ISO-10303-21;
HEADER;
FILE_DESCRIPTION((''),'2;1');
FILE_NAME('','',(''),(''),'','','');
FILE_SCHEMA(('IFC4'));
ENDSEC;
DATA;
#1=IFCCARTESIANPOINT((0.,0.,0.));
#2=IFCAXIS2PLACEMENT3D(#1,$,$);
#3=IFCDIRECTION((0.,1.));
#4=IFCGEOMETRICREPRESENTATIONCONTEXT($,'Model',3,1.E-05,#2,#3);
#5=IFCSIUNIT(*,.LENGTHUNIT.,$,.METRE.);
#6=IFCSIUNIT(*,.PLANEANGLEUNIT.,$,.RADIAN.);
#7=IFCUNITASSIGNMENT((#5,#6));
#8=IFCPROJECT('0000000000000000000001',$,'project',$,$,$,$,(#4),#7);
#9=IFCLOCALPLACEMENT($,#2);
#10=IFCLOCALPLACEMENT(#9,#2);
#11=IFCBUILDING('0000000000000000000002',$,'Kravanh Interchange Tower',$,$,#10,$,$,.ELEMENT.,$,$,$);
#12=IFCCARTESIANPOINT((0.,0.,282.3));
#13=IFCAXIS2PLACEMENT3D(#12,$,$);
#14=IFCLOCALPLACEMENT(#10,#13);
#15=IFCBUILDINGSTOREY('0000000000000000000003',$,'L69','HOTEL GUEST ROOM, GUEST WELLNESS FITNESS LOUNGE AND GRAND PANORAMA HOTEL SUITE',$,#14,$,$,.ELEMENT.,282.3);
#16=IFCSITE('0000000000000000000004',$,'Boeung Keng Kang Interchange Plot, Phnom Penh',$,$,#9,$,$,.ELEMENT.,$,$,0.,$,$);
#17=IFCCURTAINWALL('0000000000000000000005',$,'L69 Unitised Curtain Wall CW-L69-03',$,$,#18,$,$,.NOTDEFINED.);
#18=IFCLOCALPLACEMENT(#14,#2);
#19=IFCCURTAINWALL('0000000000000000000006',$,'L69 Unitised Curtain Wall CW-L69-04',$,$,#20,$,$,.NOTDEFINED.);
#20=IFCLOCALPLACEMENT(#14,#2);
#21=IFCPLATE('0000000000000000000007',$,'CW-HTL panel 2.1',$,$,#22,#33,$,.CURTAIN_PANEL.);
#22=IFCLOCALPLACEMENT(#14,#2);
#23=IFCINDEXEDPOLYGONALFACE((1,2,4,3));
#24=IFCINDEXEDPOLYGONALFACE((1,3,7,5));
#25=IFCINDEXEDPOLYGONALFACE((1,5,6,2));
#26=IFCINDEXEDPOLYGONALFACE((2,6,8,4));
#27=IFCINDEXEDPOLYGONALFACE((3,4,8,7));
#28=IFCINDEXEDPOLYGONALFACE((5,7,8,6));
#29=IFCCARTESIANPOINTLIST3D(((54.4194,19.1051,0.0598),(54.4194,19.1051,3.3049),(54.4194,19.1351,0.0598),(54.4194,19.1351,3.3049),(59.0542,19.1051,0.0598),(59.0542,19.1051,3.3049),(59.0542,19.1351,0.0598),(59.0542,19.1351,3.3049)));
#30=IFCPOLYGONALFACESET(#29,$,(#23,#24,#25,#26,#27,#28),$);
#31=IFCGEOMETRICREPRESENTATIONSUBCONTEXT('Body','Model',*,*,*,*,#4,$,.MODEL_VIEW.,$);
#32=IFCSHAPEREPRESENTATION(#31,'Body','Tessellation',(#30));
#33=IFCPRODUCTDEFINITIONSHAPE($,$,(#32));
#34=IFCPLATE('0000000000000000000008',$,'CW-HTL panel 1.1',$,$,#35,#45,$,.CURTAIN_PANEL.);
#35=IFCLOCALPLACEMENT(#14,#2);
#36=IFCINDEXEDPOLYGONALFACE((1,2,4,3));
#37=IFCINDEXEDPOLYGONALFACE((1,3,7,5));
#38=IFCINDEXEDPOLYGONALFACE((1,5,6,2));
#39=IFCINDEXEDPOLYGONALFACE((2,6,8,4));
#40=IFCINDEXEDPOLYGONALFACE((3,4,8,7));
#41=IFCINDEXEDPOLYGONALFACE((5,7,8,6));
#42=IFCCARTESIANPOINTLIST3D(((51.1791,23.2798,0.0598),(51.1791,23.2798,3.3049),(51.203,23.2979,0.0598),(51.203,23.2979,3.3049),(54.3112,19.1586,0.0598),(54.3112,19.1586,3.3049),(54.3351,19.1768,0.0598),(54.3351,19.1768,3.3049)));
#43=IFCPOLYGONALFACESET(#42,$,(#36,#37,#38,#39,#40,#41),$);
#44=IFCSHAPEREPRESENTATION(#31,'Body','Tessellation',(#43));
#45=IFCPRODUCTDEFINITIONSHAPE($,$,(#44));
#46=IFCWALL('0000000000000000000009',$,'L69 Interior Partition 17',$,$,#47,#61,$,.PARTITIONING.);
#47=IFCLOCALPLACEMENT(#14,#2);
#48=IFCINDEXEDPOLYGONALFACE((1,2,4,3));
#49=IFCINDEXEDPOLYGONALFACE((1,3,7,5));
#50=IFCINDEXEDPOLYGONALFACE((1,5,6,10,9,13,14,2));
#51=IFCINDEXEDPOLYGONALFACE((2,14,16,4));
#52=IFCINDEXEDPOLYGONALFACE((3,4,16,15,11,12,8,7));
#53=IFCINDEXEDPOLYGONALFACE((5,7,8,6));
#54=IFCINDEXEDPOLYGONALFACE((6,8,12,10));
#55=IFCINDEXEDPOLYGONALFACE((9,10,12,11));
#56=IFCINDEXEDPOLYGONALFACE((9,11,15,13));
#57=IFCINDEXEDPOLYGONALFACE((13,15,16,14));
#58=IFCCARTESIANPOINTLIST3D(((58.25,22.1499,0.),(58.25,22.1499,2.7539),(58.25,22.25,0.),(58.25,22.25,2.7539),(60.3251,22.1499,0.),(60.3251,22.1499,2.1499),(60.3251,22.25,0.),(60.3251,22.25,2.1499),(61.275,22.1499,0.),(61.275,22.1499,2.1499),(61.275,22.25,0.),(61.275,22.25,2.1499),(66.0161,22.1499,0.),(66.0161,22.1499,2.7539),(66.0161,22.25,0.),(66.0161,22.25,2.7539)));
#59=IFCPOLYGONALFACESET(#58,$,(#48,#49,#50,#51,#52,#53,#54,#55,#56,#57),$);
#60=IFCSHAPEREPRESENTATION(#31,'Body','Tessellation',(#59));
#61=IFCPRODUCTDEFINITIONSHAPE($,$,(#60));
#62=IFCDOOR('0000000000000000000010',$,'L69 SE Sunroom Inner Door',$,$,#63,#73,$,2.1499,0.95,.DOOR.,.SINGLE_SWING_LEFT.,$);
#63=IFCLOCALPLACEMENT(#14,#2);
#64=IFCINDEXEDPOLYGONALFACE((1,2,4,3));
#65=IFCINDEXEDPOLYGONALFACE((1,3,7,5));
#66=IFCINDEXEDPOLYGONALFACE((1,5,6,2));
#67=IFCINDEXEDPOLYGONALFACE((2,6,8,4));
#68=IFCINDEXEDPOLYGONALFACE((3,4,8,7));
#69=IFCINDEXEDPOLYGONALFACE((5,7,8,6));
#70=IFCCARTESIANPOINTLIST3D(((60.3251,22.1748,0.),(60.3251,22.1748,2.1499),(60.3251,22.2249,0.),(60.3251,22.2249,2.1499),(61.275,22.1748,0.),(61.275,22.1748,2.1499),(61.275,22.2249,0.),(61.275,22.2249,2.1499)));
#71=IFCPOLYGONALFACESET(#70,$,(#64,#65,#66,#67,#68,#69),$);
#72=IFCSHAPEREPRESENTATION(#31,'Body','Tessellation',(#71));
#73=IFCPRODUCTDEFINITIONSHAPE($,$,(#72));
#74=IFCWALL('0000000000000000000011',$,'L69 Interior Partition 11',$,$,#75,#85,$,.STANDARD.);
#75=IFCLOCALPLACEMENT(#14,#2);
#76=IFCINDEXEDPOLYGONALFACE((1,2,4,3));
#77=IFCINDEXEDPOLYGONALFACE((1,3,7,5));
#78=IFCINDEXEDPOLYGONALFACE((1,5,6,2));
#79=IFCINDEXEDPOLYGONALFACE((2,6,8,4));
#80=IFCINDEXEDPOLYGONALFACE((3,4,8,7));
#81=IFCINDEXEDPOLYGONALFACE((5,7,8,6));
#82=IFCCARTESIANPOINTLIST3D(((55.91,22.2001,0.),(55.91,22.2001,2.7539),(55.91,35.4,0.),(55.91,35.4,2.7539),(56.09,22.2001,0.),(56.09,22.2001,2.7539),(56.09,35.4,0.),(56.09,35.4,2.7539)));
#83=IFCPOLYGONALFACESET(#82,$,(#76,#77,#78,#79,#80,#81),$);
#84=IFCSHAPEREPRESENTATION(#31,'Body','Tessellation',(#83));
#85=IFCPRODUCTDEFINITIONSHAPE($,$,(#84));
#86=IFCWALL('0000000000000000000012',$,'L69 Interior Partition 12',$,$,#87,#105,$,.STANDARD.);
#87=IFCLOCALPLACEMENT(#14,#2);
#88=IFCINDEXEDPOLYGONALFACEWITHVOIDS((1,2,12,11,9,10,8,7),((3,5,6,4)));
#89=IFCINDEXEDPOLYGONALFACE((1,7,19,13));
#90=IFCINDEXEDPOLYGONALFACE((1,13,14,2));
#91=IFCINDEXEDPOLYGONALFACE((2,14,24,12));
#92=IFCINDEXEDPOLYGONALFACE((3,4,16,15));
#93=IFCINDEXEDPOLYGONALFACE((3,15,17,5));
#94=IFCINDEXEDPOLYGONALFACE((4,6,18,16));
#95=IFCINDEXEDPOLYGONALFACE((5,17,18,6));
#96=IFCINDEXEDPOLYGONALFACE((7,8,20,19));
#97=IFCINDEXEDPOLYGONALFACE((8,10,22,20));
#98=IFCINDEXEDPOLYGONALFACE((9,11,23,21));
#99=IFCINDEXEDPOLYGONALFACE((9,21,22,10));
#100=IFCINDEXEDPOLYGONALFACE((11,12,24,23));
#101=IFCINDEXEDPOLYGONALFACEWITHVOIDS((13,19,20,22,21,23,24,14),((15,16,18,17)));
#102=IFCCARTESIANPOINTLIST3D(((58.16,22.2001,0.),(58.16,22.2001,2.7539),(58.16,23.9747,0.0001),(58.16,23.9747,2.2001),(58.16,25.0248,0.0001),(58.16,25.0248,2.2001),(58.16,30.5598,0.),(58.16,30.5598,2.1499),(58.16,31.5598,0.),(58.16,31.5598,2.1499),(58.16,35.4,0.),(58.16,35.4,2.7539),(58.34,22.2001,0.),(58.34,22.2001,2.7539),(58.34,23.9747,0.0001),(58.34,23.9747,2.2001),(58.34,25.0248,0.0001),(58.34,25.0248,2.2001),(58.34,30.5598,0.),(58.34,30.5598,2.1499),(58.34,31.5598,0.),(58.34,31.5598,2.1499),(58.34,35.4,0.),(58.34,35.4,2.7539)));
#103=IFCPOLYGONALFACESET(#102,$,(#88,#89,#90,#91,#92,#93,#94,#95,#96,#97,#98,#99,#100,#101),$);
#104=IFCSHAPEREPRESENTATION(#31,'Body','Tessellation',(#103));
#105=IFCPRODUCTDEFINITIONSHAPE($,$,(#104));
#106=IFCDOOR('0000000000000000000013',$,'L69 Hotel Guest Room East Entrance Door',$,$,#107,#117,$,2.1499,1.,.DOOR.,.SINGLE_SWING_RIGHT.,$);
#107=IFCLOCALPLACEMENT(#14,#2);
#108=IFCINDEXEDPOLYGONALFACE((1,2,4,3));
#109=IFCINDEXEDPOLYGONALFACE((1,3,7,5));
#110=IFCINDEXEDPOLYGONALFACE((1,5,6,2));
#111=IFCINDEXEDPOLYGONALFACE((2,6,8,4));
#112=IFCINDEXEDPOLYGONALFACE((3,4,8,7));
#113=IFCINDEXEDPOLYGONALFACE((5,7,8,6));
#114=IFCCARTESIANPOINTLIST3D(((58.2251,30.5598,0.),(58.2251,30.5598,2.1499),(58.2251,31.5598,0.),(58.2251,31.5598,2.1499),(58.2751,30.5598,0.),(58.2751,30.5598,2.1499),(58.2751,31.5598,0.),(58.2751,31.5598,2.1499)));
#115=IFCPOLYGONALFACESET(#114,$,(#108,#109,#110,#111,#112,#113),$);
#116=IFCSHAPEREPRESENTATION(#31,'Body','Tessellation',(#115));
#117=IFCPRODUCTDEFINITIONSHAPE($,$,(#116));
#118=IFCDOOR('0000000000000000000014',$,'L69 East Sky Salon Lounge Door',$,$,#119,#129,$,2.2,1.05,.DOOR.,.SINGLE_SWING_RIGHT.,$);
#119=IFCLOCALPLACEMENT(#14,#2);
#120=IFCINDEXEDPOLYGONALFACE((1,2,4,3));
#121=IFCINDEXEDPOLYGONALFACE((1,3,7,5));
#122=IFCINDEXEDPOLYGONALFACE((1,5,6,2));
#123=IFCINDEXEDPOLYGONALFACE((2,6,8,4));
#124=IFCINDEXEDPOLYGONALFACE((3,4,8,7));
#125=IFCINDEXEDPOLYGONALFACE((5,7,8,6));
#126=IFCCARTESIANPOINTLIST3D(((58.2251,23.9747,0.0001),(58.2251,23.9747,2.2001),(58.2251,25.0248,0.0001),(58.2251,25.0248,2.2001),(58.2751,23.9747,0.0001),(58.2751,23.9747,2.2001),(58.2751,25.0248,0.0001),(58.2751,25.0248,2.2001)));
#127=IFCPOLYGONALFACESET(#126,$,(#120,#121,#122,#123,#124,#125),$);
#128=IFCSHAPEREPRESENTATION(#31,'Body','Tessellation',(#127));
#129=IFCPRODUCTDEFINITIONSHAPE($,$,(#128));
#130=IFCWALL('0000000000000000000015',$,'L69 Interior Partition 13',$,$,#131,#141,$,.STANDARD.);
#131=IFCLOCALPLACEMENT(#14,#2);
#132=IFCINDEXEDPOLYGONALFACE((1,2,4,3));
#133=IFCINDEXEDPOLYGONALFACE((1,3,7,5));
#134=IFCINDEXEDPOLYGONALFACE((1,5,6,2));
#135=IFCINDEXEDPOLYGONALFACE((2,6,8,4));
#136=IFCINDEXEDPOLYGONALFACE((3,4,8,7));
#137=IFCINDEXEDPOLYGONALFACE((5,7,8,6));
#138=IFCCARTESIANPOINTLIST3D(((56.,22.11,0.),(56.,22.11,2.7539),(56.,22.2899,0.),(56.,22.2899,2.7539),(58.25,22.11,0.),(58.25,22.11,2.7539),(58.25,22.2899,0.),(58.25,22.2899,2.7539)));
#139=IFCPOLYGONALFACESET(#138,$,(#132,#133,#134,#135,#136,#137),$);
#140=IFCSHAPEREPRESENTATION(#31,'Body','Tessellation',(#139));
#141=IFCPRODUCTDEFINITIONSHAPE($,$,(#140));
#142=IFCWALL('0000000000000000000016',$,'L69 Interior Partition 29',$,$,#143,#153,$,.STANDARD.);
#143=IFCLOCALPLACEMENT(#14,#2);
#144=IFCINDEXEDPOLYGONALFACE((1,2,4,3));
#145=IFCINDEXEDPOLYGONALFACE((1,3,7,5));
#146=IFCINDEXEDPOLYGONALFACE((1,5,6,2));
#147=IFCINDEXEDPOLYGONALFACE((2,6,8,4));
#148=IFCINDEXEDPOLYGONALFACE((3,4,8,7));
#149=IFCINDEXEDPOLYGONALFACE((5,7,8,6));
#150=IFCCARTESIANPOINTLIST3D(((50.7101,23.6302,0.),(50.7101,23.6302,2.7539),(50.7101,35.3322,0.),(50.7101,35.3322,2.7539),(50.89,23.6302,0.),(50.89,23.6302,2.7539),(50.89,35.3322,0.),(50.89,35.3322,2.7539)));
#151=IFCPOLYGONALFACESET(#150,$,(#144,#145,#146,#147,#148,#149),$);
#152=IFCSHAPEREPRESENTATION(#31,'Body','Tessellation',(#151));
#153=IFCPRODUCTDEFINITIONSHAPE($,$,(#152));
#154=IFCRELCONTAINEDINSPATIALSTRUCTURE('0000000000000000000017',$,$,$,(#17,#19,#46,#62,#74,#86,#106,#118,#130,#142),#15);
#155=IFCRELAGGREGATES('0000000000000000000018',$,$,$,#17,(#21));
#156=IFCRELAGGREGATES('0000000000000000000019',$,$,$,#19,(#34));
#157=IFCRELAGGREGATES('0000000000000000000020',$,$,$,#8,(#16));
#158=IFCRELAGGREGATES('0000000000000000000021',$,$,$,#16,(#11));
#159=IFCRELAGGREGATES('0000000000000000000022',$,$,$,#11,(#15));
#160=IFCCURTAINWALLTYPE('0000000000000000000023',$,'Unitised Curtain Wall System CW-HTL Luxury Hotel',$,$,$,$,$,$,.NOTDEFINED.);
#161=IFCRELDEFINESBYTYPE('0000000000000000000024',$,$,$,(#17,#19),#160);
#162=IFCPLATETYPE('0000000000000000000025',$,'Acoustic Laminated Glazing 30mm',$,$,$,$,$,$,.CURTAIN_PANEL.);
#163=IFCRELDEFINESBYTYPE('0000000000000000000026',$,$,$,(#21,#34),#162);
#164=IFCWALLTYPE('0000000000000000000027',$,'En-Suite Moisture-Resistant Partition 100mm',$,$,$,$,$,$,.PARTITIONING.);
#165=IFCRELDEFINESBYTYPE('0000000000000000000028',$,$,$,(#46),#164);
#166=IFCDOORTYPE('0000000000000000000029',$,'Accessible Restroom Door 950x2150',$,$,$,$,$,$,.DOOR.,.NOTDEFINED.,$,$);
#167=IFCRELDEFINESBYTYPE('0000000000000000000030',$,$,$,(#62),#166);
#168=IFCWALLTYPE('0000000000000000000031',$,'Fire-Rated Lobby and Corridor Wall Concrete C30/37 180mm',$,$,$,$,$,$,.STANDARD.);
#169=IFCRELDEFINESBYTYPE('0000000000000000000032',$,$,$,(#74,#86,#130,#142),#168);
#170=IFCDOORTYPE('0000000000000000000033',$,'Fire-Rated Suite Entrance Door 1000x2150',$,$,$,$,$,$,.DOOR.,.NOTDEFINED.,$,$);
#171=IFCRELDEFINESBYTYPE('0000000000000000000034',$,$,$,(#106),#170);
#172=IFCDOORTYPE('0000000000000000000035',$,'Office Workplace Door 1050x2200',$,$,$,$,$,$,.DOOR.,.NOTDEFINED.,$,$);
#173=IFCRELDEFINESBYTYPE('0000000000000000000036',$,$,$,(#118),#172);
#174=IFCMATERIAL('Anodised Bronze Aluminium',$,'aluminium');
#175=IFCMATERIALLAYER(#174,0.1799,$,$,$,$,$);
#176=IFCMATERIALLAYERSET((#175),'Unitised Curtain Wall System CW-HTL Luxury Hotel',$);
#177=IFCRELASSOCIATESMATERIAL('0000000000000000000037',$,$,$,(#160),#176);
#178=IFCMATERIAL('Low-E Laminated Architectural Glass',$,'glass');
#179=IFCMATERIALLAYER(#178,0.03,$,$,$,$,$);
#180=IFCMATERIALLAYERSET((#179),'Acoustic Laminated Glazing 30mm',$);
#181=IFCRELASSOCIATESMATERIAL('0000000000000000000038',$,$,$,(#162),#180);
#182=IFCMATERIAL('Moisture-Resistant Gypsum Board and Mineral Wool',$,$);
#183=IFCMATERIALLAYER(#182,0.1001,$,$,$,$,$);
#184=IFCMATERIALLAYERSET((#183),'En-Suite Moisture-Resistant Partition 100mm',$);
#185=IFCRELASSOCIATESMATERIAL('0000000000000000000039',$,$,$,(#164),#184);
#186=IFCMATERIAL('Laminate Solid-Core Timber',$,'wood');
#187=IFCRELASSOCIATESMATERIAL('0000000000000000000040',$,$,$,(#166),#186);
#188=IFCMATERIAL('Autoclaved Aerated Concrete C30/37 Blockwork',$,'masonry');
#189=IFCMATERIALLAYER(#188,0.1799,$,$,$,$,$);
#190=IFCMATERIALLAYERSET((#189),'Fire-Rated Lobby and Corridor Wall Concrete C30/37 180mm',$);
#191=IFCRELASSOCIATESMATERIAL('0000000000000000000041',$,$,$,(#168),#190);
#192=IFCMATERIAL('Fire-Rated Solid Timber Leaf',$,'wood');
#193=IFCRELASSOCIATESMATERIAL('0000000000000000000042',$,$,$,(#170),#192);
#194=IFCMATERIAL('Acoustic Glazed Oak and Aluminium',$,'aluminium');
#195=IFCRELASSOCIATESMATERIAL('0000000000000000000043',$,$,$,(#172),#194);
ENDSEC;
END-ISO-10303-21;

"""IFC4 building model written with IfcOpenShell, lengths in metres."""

from ifc_helpers import new_model, si_unit, direction, frame, frame_2d, origin, origin_2d, place, context, subcontext, project, spatial, rectangle, extrude, material, layer, layer_set, type_object, element, fill, aggregate, save


model = new_model("IFC4")

# Units and contexts
model_context = context("Model", 3, precision=1e-05, world=origin(), true_north=direction((0.0, 1.0)))
body_context = subcontext(model_context, "Body", "Model", "MODEL_VIEW")
ifc_project = project(units=[si_unit("LENGTHUNIT", "METRE"), si_unit("PLANEANGLEUNIT", "RADIAN")], contexts=[model_context])

# Site, building, storey
site_placement = place(None, origin())
site = spatial("IfcSite", under=ifc_project, at=site_placement, Name="Boeung Keng Kang Interchange Plot, Phnom Penh", CompositionType="ELEMENT", RefElevation=0.0)
building_placement = place(site_placement, origin())
building = spatial("IfcBuilding", under=site, at=building_placement, Name="Kravanh Interchange Tower", CompositionType="ELEMENT")
storey_placement = place(building_placement, frame((0.0, 0.0, 282.3)))
storey = spatial("IfcBuildingStorey", under=building, at=storey_placement, Name="L69", Description="HOTEL GUEST ROOM, GUEST WELLNESS FITNESS LOUNGE AND GRAND PANORAMA HOTEL SUITE", CompositionType="ELEMENT", Elevation=282.3)

# Curtain wall
ifc_material_1 = material(Name="Anodised Bronze Aluminium", Category="aluminium")
ifc_layer_1 = layer(ifc_material_1, 0.1799)
ifc_layer_set_1 = layer_set([ifc_layer_1], Name="Unitised Curtain Wall System CW-HTL Luxury Hotel")
curtain_wall_type = type_object("IfcCurtainWallType", Name="Unitised Curtain Wall System CW-HTL Luxury Hotel", PredefinedType="NOTDEFINED", material=ifc_layer_set_1)
curtain_wall_1_placement = place(storey_placement, origin())
curtain_wall_1 = element("IfcCurtainWall", 1, at=curtain_wall_1_placement, inside=storey, type_object=curtain_wall_type, Name="L69 Unitised Curtain Wall CW-L69-03", PredefinedType="NOTDEFINED")

# Curtain wall
curtain_wall_2_placement = place(storey_placement, origin())
curtain_wall_2 = element("IfcCurtainWall", 2, at=curtain_wall_2_placement, inside=storey, type_object=curtain_wall_type, Name="L69 Unitised Curtain Wall CW-L69-04", PredefinedType="NOTDEFINED")

# Plates
ifc_material_2 = material(Name="Low-E Laminated Architectural Glass", Category="glass")
ifc_layer_2 = layer(ifc_material_2, 0.03)
ifc_layer_set_2 = layer_set([ifc_layer_2], Name="Acoustic Laminated Glazing 30mm")
plate_type = type_object("IfcPlateType", Name="Acoustic Laminated Glazing 30mm", PredefinedType="CURTAIN_PANEL", material=ifc_layer_set_2)
plate_1_placement = place(storey_placement, frame((56.7368, 19.1201, 0.0598), z_axis=(0.0, 0.0, 1.0), x_axis=(-1.0, 0.0, 0.0)))
plate_1 = element("IfcPlate", 3, at=plate_1_placement, type_object=plate_type, Name="CW-HTL panel 2.1", PredefinedType="CURTAIN_PANEL", context=body_context, shape_type="SweptSolid", body=[
    extrude(rectangle(XDim=4.6348, YDim=0.03, at=origin_2d()), origin(), (0.0, 0.0, 1.0), 3.2451),
])
aggregate(curtain_wall_1, [plate_1])
plate_2_placement = place(storey_placement, frame((52.7571, 21.2283, 0.0598), z_axis=(0.0, 0.0, 1.0), x_axis=(-0.605083, 0.796162, 0.0)))
plate_2 = element("IfcPlate", 4, at=plate_2_placement, type_object=plate_type, Name="CW-HTL panel 1.1", PredefinedType="CURTAIN_PANEL", context=body_context, shape_type="SweptSolid", body=[
    extrude(rectangle(XDim=5.1763, YDim=0.03, at=origin_2d()), origin(), (0.0, 0.0, 1.0), 3.2451),
])
aggregate(curtain_wall_2, [plate_2])

# Wall, opening, door
ifc_material_3 = material(Name="Moisture-Resistant Gypsum Board and Mineral Wool")
ifc_layer_3 = layer(ifc_material_3, 0.1001)
ifc_layer_set_3 = layer_set([ifc_layer_3], Name="En-Suite Moisture-Resistant Partition 100mm")
wall_type_1 = type_object("IfcWallType", Name="En-Suite Moisture-Resistant Partition 100mm", PredefinedType="PARTITIONING", material=ifc_layer_set_3)
wall_1_placement = place(storey_placement, frame((58.25, 22.2, 0.0), z_axis=(0.0, 0.0, 1.0), x_axis=(1.0, 0.0, 0.0)))
wall_1 = element("IfcWall", 5, at=wall_1_placement, inside=storey, type_object=wall_type_1, Name="L69 Interior Partition 17", PredefinedType="PARTITIONING", context=body_context, shape_type="SweptSolid", body=[
    extrude(rectangle(XDim=7.7661, YDim=0.1001, at=frame_2d((3.8831, 0.0))), origin(), (0.0, 0.0, 1.0), 2.7539),
])
opening_1_placement = place(wall_1_placement, frame((2.075, 0.0, 0.0)))
opening_1 = element("IfcOpeningElement", 6, at=opening_1_placement, cuts=wall_1, PredefinedType="OPENING", context=body_context, shape_type="SweptSolid", body=[
    extrude(rectangle(XDim=0.95, YDim=2.1499, at=frame_2d((0.4751, 1.075))), frame((0.0, 0.0601, 0.0), z_axis=(0.0, -1.0, 0.0), x_axis=(1.0, 0.0, 0.0)), (0.0, 0.0, 1.0), 0.1201),
])
ifc_material_4 = material(Name="Laminate Solid-Core Timber", Category="wood")
door_type_1 = type_object("IfcDoorType", Name="Accessible Restroom Door 950x2150", OperationType="NOTDEFINED", PredefinedType="DOOR", material=ifc_material_4)
door_1_placement = place(opening_1_placement, origin())
door_1 = element("IfcDoor", 7, at=door_1_placement, inside=storey, type_object=door_type_1, Name="L69 SE Sunroom Inner Door", OperationType="SINGLE_SWING_LEFT", OverallHeight=2.1499, OverallWidth=0.95, PredefinedType="DOOR", context=body_context, shape_type="SweptSolid", body=[
    extrude(rectangle(XDim=0.95, YDim=2.1499, at=frame_2d((0.4751, 1.075))), frame((0.0, 0.0249, 0.0), z_axis=(0.0, -1.0, 0.0), x_axis=(1.0, 0.0, 0.0)), (0.0, 0.0, 1.0), 0.05),
])
fill(opening_1, door_1)

# Wall
ifc_material_5 = material(Name="Autoclaved Aerated Concrete C30/37 Blockwork", Category="masonry")
ifc_layer_4 = layer(ifc_material_5, 0.1799)
ifc_layer_set_4 = layer_set([ifc_layer_4], Name="Fire-Rated Lobby and Corridor Wall Concrete C30/37 180mm")
wall_type_2 = type_object("IfcWallType", Name="Fire-Rated Lobby and Corridor Wall Concrete C30/37 180mm", PredefinedType="STANDARD", material=ifc_layer_set_4)
wall_2_placement = place(storey_placement, frame((56.0, 22.2, 0.0), z_axis=(0.0, 0.0, 1.0), x_axis=(0.0, 1.0, 0.0)))
element("IfcWall", 8, at=wall_2_placement, inside=storey, type_object=wall_type_2, Name="L69 Interior Partition 11", PredefinedType="STANDARD", context=body_context, shape_type="SweptSolid", body=[
    extrude(rectangle(XDim=13.2, YDim=0.1799, at=frame_2d((6.6001, 0.0))), origin(), (0.0, 0.0, 1.0), 2.7539),
])

# Wall, openings, doors
wall_3_placement = place(storey_placement, frame((58.25, 22.2, 0.0), z_axis=(0.0, 0.0, 1.0), x_axis=(0.0, 1.0, 0.0)))
wall_3 = element("IfcWall", 9, at=wall_3_placement, inside=storey, type_object=wall_type_2, Name="L69 Interior Partition 12", PredefinedType="STANDARD", context=body_context, shape_type="SweptSolid", body=[
    extrude(rectangle(XDim=13.2, YDim=0.1799, at=frame_2d((6.6001, 0.0))), origin(), (0.0, 0.0, 1.0), 2.7539),
])
opening_2_placement = place(wall_3_placement, frame((1.7749, 0.0, 0.0)))
opening_2 = element("IfcOpeningElement", 10, at=opening_2_placement, cuts=wall_3, PredefinedType="OPENING", context=body_context, shape_type="SweptSolid", body=[
    extrude(rectangle(XDim=1.05, YDim=2.2, at=frame_2d((0.5249, 1.1001))), frame((0.0, 0.1001, 0.0), z_axis=(0.0, -1.0, 0.0), x_axis=(1.0, 0.0, 0.0)), (0.0, 0.0, 1.0), 0.2),
])
opening_3_placement = place(wall_3_placement, frame((8.3599, 0.0, 0.0)))
opening_3 = element("IfcOpeningElement", 11, at=opening_3_placement, cuts=wall_3, PredefinedType="OPENING", context=body_context, shape_type="SweptSolid", body=[
    extrude(rectangle(XDim=1.0, YDim=2.1499, at=frame_2d((0.5, 1.075))), frame((0.0, 0.1001, 0.0), z_axis=(0.0, -1.0, 0.0), x_axis=(1.0, 0.0, 0.0)), (0.0, 0.0, 1.0), 0.2),
])
ifc_material_6 = material(Name="Fire-Rated Solid Timber Leaf", Category="wood")
door_type_2 = type_object("IfcDoorType", Name="Fire-Rated Suite Entrance Door 1000x2150", OperationType="NOTDEFINED", PredefinedType="DOOR", material=ifc_material_6)
door_2_placement = place(opening_3_placement, origin())
door_2 = element("IfcDoor", 12, at=door_2_placement, inside=storey, type_object=door_type_2, Name="L69 Hotel Guest Room East Entrance Door", OperationType="SINGLE_SWING_RIGHT", OverallHeight=2.1499, OverallWidth=1.0, PredefinedType="DOOR", context=body_context, shape_type="SweptSolid", body=[
    extrude(rectangle(XDim=1.0, YDim=2.1499, at=frame_2d((0.5, 1.075))), frame((0.0, 0.0249, 0.0), z_axis=(0.0, -1.0, 0.0), x_axis=(1.0, 0.0, 0.0)), (0.0, 0.0, 1.0), 0.05),
])
fill(opening_3, door_2)
ifc_material_7 = material(Name="Acoustic Glazed Oak and Aluminium", Category="aluminium")
door_type_3 = type_object("IfcDoorType", Name="Office Workplace Door 1050x2200", OperationType="NOTDEFINED", PredefinedType="DOOR", material=ifc_material_7)
door_3_placement = place(opening_2_placement, origin())
door_3 = element("IfcDoor", 13, at=door_3_placement, inside=storey, type_object=door_type_3, Name="L69 East Sky Salon Lounge Door", OperationType="SINGLE_SWING_RIGHT", OverallHeight=2.2, OverallWidth=1.05, PredefinedType="DOOR", context=body_context, shape_type="SweptSolid", body=[
    extrude(rectangle(XDim=1.05, YDim=2.2, at=frame_2d((0.5249, 1.1001))), frame((0.0, 0.0249, 0.0), z_axis=(0.0, -1.0, 0.0), x_axis=(1.0, 0.0, 0.0)), (0.0, 0.0, 1.0), 0.05),
])
fill(opening_2, door_3)

# Walls
wall_4_placement = place(storey_placement, frame((56.0, 22.2, 0.0), z_axis=(0.0, 0.0, 1.0), x_axis=(1.0, 0.0, 0.0)))
element("IfcWall", 14, at=wall_4_placement, inside=storey, type_object=wall_type_2, Name="L69 Interior Partition 13", PredefinedType="STANDARD", context=body_context, shape_type="SweptSolid", body=[
    extrude(rectangle(XDim=2.25, YDim=0.1799, at=frame_2d((1.125, 0.0))), origin(), (0.0, 0.0, 1.0), 2.7539),
])
wall_5_placement = place(storey_placement, frame((50.8, 23.6301, 0.0), z_axis=(0.0, 0.0, 1.0), x_axis=(0.0, 1.0, 0.0)))
element("IfcWall", 15, at=wall_5_placement, inside=storey, type_object=wall_type_2, Name="L69 Interior Partition 29", PredefinedType="STANDARD", context=body_context, shape_type="SweptSolid", body=[
    extrude(rectangle(XDim=11.7019, YDim=0.1799, at=frame_2d((5.8511, 0.0))), origin(), (0.0, 0.0, 1.0), 2.7539),
])

save(model, "model.ifc")
